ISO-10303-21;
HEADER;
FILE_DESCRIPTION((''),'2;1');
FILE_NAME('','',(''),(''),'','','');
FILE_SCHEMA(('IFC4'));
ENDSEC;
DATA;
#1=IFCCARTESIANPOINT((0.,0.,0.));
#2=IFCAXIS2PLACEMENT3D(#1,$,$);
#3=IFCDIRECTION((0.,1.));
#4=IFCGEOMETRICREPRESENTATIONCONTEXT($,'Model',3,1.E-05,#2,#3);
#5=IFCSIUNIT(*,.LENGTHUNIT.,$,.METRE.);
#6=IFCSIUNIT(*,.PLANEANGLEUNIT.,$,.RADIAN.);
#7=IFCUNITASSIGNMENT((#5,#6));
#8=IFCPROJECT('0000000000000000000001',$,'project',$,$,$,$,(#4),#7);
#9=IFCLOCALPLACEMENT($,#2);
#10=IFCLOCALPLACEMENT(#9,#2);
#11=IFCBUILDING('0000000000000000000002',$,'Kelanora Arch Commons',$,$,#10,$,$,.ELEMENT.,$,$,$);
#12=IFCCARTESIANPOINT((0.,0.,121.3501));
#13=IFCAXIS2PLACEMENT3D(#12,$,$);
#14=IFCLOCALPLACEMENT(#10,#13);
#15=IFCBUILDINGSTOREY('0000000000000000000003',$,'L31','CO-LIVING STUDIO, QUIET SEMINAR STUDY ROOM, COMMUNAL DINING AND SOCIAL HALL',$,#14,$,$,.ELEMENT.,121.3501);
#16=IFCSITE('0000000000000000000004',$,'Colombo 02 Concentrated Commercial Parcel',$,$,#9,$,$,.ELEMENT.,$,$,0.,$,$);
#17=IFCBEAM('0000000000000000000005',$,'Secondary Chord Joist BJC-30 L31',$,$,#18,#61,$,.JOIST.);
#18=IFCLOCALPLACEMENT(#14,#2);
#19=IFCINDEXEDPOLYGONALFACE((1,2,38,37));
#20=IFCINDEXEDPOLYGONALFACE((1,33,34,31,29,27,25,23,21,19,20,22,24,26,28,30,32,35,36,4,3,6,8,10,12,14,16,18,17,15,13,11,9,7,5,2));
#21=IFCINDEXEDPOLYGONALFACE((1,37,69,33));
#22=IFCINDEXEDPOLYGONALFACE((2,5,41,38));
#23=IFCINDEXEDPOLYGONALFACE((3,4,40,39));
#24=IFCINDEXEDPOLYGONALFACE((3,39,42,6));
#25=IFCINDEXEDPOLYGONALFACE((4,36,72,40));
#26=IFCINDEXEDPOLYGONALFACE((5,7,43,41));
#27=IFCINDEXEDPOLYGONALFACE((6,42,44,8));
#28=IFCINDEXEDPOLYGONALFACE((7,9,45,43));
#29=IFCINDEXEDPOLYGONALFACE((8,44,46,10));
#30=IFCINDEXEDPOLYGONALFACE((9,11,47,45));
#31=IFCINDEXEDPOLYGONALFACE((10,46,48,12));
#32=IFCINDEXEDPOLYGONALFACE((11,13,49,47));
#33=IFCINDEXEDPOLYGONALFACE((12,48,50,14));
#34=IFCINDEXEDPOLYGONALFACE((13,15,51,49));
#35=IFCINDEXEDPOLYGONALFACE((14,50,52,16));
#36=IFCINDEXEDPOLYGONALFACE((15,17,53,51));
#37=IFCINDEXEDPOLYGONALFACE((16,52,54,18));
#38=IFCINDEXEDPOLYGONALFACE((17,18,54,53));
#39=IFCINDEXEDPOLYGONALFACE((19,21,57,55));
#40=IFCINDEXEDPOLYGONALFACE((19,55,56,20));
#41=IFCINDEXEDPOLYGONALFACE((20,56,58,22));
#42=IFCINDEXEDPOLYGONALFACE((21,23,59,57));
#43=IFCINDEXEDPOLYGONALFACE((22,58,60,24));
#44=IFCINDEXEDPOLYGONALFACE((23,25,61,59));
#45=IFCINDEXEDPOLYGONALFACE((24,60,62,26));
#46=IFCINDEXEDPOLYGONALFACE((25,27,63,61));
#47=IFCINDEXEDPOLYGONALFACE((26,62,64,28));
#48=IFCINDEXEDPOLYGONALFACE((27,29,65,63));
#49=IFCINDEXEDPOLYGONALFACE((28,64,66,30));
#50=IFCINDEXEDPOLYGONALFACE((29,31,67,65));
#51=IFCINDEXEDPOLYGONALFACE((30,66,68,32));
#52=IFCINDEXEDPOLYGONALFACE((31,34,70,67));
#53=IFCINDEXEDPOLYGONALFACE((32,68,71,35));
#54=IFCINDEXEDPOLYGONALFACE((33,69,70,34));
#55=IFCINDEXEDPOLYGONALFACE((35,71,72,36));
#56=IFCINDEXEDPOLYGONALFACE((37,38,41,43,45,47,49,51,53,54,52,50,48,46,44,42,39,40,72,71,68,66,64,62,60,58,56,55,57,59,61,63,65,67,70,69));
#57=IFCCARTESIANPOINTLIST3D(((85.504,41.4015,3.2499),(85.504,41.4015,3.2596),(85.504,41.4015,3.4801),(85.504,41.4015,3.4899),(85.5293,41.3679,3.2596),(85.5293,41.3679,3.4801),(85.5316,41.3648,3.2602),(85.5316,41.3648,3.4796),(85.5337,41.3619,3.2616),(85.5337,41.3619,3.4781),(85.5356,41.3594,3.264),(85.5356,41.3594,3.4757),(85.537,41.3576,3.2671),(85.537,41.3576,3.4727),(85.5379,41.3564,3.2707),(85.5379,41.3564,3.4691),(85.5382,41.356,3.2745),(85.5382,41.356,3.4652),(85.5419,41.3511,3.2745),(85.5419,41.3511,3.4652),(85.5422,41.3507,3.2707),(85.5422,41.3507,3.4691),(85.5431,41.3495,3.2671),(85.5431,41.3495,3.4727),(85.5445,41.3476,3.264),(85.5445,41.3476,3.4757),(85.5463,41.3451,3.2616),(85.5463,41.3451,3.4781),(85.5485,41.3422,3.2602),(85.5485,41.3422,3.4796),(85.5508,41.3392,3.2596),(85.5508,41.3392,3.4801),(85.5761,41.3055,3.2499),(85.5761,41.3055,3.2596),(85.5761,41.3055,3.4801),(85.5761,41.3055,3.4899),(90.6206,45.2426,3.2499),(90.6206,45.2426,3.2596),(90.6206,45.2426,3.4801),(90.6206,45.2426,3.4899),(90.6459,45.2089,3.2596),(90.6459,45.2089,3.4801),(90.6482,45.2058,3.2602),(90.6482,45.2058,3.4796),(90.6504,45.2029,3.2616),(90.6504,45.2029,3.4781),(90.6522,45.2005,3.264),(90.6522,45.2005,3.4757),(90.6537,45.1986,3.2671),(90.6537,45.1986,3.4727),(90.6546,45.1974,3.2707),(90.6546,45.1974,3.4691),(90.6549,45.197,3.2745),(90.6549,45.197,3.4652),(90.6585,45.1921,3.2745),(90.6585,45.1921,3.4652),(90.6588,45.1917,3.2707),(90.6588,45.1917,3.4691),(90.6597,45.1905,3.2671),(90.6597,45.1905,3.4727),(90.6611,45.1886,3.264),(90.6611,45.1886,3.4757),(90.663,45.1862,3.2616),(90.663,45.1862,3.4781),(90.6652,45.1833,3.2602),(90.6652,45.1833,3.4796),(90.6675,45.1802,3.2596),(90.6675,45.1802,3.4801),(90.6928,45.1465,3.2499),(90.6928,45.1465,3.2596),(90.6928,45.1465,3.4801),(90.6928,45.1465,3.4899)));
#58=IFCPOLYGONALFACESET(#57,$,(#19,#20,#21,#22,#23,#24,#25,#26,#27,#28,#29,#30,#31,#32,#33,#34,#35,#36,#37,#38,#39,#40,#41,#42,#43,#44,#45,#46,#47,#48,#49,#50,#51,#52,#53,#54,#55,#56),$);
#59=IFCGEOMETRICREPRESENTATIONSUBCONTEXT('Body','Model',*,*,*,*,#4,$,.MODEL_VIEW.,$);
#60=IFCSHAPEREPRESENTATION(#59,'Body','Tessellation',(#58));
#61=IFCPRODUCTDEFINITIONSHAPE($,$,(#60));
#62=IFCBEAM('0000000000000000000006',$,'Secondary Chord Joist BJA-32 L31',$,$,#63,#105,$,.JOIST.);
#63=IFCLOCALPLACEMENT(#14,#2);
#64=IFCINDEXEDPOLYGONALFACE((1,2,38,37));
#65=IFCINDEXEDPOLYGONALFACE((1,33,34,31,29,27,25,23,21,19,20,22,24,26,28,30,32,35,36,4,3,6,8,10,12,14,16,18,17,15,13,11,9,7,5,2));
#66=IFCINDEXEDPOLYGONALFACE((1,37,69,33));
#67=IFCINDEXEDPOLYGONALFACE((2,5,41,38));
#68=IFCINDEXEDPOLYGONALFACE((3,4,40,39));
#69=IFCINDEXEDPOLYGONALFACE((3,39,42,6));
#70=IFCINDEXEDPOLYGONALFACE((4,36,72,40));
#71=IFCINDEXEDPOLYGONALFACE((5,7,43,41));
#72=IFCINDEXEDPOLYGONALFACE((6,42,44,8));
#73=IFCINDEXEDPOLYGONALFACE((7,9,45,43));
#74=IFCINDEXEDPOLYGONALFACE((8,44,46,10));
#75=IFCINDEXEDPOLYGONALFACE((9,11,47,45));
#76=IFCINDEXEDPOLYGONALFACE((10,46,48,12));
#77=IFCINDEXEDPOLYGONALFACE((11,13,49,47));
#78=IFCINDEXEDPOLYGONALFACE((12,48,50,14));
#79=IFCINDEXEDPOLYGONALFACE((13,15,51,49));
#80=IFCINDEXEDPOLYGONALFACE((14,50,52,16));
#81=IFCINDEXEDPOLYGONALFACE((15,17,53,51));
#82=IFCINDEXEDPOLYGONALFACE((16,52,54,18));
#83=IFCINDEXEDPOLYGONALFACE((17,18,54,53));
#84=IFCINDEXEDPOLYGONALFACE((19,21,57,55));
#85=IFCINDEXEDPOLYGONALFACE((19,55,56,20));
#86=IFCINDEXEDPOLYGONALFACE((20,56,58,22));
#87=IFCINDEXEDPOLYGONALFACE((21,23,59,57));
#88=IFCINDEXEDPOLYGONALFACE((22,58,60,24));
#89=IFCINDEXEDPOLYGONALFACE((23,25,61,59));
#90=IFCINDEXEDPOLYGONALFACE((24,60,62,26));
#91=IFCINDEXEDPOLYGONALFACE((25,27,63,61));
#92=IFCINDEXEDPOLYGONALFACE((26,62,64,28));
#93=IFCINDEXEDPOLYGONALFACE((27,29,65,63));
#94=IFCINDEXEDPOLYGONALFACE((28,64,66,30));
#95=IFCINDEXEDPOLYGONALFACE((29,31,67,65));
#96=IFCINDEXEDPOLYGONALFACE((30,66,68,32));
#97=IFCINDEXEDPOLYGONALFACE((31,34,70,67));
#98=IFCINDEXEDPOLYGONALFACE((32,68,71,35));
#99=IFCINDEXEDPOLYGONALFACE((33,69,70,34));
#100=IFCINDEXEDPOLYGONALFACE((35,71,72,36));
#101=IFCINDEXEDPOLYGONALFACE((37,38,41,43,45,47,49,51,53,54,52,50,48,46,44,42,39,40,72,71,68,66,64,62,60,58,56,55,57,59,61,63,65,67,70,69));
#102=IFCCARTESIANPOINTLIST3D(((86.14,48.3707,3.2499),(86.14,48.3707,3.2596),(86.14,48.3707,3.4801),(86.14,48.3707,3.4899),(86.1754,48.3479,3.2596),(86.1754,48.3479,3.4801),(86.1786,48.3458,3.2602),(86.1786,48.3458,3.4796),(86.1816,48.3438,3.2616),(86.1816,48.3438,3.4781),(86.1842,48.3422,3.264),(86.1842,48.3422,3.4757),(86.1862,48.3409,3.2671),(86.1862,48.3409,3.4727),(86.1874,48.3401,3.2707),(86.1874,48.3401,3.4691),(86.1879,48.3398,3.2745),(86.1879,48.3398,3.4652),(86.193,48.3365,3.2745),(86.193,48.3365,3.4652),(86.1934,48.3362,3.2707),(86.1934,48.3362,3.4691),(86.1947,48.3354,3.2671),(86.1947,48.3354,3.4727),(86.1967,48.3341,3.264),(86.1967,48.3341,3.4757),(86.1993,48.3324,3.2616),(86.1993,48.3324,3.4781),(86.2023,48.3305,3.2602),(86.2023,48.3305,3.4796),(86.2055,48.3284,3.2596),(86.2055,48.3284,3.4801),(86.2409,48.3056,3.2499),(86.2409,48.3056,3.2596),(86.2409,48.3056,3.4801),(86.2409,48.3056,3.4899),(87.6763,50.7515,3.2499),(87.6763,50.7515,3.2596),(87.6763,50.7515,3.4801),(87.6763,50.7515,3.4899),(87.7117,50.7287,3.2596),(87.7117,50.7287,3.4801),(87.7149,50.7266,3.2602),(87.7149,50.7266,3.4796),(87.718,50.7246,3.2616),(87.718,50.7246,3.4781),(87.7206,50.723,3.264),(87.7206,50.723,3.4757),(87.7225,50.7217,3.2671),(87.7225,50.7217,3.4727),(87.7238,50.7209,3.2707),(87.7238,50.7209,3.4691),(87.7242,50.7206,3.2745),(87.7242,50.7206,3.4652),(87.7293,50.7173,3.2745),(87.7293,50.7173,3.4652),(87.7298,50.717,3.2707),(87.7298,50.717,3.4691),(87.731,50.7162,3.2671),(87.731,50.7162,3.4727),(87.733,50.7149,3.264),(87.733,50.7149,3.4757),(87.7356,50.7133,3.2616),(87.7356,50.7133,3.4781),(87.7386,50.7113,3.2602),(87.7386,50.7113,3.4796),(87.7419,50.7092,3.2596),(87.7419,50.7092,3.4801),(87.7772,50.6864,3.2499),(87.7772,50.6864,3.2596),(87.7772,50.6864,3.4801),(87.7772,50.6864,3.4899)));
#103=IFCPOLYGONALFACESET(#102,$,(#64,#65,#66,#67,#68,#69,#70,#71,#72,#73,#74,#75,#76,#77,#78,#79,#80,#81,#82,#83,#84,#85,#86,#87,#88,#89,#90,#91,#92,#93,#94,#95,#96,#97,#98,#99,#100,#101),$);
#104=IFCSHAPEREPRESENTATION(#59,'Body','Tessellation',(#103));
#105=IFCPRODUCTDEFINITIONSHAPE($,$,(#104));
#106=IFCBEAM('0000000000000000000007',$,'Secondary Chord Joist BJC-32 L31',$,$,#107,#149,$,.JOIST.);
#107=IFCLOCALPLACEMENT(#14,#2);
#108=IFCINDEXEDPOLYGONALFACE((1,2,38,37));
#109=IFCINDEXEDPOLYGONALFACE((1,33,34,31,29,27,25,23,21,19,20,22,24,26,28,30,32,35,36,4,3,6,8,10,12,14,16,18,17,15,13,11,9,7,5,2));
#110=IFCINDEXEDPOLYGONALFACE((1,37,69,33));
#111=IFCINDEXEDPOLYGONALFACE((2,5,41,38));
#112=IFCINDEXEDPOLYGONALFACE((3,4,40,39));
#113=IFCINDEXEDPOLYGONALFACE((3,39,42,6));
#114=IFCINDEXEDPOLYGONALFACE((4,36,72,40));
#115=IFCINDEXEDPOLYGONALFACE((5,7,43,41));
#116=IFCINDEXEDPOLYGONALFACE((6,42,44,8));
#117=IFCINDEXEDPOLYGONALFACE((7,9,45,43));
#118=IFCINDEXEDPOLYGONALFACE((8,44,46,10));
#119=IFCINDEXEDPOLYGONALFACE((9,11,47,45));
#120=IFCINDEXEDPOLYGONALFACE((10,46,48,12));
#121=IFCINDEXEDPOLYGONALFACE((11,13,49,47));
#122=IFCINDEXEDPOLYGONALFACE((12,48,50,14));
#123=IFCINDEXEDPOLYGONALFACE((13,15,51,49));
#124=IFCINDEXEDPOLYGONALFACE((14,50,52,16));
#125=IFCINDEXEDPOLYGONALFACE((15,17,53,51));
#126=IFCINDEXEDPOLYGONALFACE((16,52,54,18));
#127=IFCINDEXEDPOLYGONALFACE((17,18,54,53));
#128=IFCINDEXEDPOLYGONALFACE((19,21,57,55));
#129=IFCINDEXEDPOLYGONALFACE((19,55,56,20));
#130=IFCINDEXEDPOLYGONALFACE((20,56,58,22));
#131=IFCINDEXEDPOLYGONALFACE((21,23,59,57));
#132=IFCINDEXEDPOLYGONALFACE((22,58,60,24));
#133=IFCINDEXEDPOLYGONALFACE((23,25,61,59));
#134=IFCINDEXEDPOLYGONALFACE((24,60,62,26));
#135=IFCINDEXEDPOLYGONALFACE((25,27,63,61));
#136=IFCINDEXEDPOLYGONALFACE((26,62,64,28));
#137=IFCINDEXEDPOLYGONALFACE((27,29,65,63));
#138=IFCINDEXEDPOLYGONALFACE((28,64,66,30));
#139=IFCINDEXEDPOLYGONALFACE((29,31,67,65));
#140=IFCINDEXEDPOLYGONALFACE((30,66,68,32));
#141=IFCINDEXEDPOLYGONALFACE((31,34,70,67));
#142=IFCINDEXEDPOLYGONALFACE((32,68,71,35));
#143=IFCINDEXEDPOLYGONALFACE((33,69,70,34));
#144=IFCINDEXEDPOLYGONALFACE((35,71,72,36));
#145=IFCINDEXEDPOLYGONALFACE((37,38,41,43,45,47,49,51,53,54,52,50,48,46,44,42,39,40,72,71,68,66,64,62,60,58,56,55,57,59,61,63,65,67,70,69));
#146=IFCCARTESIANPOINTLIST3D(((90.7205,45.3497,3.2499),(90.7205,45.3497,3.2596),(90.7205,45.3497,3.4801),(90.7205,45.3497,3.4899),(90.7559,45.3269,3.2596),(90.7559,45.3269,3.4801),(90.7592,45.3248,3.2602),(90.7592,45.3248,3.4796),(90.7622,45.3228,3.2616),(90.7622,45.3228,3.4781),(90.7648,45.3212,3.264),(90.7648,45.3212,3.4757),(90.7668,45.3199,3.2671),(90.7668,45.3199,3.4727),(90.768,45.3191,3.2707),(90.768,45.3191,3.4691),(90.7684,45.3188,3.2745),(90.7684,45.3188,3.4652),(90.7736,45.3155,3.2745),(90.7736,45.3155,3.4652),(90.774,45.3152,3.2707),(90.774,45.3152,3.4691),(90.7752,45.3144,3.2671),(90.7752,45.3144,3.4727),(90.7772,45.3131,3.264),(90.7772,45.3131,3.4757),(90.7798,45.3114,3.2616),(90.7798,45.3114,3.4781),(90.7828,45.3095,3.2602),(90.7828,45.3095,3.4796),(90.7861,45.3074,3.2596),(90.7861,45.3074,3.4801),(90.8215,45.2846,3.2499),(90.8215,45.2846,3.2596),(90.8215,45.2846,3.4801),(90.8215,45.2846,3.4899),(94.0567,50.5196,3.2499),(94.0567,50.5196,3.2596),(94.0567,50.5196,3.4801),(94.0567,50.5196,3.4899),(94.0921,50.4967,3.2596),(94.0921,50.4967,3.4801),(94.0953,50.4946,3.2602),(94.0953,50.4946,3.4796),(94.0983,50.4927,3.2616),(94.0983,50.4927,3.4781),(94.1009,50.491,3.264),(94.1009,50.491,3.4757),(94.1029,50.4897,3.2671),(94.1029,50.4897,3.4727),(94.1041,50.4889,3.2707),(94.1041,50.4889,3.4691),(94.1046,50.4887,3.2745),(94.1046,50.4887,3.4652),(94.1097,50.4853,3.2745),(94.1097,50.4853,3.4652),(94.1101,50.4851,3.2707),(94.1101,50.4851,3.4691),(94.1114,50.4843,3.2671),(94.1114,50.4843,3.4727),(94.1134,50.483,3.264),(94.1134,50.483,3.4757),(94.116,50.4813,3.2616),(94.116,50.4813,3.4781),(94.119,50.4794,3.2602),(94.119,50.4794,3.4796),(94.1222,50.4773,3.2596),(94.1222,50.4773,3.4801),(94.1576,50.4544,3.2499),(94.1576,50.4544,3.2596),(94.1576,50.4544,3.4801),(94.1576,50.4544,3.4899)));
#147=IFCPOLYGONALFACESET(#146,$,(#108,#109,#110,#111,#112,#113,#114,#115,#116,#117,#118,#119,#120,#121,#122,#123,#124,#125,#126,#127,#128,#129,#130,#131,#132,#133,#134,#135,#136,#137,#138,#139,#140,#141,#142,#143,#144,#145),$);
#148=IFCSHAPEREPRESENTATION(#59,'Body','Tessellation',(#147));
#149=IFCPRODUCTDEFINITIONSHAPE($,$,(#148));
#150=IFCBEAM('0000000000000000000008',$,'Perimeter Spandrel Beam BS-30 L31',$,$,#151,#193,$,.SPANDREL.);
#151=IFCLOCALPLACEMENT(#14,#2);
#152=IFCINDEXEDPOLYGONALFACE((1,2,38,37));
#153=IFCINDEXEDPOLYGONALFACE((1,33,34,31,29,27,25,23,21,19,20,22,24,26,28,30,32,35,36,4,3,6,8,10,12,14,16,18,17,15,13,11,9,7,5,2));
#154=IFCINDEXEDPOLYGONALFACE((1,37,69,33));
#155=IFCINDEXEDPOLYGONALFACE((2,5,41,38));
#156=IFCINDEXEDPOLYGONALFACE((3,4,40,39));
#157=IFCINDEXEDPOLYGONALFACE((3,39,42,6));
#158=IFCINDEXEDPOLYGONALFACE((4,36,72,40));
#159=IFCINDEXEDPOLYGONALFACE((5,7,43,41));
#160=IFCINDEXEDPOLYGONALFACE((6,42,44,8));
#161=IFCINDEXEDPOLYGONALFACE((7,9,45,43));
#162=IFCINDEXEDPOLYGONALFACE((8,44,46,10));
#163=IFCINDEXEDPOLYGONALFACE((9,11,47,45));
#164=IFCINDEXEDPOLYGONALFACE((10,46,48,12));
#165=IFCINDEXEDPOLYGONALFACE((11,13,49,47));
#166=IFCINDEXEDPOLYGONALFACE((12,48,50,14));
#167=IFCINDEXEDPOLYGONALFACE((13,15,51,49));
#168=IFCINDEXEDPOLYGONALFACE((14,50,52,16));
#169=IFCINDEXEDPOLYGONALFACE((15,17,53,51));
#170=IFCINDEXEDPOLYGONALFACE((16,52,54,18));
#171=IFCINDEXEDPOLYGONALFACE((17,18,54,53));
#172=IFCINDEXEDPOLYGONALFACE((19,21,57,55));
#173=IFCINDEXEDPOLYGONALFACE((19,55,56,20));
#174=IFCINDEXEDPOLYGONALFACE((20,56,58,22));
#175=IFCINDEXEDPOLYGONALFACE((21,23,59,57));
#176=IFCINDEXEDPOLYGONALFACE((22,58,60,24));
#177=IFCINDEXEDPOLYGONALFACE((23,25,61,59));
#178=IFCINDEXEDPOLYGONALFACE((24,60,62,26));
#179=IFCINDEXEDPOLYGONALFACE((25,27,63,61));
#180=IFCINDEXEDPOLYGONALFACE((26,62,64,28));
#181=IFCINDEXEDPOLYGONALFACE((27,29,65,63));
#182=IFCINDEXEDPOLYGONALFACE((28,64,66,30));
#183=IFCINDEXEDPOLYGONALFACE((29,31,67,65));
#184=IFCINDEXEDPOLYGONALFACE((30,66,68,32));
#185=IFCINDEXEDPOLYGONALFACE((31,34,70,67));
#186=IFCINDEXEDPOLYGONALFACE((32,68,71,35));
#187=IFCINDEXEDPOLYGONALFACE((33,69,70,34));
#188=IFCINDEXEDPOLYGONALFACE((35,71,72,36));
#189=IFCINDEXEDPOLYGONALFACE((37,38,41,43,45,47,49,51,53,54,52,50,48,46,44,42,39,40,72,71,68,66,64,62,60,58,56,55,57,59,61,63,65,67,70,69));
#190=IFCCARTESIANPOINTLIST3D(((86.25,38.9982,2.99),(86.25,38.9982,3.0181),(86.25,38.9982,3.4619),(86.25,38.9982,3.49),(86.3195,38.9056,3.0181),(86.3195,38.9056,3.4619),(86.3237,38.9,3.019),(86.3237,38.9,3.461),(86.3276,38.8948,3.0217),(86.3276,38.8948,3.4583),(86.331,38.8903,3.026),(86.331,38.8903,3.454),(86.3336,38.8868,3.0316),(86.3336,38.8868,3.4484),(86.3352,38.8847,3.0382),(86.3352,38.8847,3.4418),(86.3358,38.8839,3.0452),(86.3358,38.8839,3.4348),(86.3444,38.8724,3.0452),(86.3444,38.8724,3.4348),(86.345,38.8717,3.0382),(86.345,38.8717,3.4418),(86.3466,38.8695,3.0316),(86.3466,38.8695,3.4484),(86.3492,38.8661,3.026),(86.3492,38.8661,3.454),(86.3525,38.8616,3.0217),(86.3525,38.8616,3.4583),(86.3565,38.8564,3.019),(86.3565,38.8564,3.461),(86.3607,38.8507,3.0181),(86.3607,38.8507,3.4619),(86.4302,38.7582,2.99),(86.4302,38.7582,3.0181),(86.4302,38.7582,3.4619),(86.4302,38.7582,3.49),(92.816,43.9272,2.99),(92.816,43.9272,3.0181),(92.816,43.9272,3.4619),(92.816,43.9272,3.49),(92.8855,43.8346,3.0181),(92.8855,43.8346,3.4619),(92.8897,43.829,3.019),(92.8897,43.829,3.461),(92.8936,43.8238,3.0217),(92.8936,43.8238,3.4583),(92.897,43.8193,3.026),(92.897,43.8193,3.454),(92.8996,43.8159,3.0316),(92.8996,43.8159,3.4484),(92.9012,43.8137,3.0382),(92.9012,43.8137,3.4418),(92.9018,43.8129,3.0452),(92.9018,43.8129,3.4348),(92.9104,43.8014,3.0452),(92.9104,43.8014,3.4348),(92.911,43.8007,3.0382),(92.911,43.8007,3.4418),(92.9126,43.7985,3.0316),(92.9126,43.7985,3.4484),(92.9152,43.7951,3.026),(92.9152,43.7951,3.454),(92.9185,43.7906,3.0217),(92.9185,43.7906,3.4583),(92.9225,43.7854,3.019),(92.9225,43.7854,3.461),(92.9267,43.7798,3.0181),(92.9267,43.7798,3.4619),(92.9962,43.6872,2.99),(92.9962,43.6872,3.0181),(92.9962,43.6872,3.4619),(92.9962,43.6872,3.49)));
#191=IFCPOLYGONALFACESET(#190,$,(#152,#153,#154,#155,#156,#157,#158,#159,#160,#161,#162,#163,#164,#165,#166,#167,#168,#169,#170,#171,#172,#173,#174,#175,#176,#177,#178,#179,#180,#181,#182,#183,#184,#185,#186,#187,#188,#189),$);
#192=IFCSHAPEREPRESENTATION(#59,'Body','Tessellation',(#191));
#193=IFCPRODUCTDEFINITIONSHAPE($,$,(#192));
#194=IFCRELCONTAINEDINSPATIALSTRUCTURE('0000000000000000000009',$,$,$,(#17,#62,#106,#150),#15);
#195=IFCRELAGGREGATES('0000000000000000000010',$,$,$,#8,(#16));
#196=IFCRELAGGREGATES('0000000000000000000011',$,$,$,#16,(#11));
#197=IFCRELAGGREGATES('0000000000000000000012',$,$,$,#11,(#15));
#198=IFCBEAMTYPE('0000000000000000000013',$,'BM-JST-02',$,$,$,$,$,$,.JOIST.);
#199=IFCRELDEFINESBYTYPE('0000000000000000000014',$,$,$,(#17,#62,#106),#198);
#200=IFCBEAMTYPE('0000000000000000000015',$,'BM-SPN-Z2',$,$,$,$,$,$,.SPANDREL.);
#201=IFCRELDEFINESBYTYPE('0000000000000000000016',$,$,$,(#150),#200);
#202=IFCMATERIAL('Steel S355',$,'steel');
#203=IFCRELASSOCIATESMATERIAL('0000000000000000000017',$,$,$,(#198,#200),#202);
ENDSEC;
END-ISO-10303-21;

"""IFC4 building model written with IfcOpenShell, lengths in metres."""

from ifc_helpers import new_model, si_unit, direction, frame, origin, origin_2d, place, context, subcontext, project, spatial, i_section, extrude, material, material_profile, profile_set, type_object, element, save


model = new_model("IFC4")

# Units and contexts
model_context = context("Model", 3, precision=1e-05, world=origin(), true_north=direction((0.0, 1.0)))
body_context = subcontext(model_context, "Body", "Model", "MODEL_VIEW")
ifc_project = project(units=[si_unit("LENGTHUNIT", "METRE"), si_unit("PLANEANGLEUNIT", "RADIAN")], contexts=[model_context])

# Site, building, storey
site_placement = place(None, origin())
site = spatial("IfcSite", under=ifc_project, at=site_placement, Name="Colombo 02 Concentrated Commercial Parcel", CompositionType="ELEMENT", RefElevation=0.0)
building_placement = place(site_placement, origin())
building = spatial("IfcBuilding", under=site, at=building_placement, Name="Kelanora Arch Commons", CompositionType="ELEMENT")
storey_placement = place(building_placement, frame((0.0, 0.0, 121.3501)))
storey = spatial("IfcBuildingStorey", under=building, at=storey_placement, Name="L31", Description="CO-LIVING STUDIO, QUIET SEMINAR STUDY ROOM, COMMUNAL DINING AND SOCIAL HALL", CompositionType="ELEMENT", Elevation=121.3501)

# Beams
ifc_material_1 = material(Name="Steel S355", Category="steel")
ifc_material_profile_1 = material_profile(ifc_material_1, i_section(OverallWidth=0.1201, OverallDepth=0.24, WebThickness=0.0061, FlangeThickness=0.0098, FilletRadius=0.0149, at=origin_2d()), Name="IPE240")
ifc_profile_set_1 = profile_set([ifc_material_profile_1], Name="Steel S355")
beam_type_1 = type_object("IfcBeamType", Name="BM-JST-02", PredefinedType="JOIST", material=ifc_profile_set_1)
beam_1_placement = place(storey_placement, frame((85.54, 41.3535, 3.3699), z_axis=(0.799734, 0.600354, 0.0), x_axis=(-0.600354, 0.799734, 0.0)))
element("IfcBeam", 1, at=beam_1_placement, inside=storey, type_object=beam_type_1, Name="Secondary Chord Joist BJC-30 L31", PredefinedType="JOIST", context=body_context, shape_type="SweptSolid", body=[
    extrude(i_section(OverallWidth=0.1201, OverallDepth=0.24, WebThickness=0.0061, FlangeThickness=0.0098, FilletRadius=0.0149, at=origin_2d()), origin(), (0.0, 0.0, 1.0), 6.3979),
])
beam_2_placement = place(storey_placement, frame((86.1904, 48.3381, 3.3699), z_axis=(0.542211, 0.840242, 0.0), x_axis=(-0.840242, 0.542211, 0.0)))
element("IfcBeam", 2, at=beam_2_placement, inside=storey, type_object=beam_type_1, Name="Secondary Chord Joist BJA-32 L31", PredefinedType="JOIST", context=body_context, shape_type="SweptSolid", body=[
    extrude(i_section(OverallWidth=0.1201, OverallDepth=0.24, WebThickness=0.0061, FlangeThickness=0.0098, FilletRadius=0.0149, at=origin_2d()), origin(), (0.0, 0.0, 1.0), 2.8335),
])
beam_3_placement = place(storey_placement, frame((90.771, 45.3171, 3.3699), z_axis=(0.542213, 0.840241, 0.0), x_axis=(-0.840241, 0.542213, 0.0)))
element("IfcBeam", 3, at=beam_3_placement, inside=storey, type_object=beam_type_1, Name="Secondary Chord Joist BJC-32 L31", PredefinedType="JOIST", context=body_context, shape_type="SweptSolid", body=[
    extrude(i_section(OverallWidth=0.1201, OverallDepth=0.24, WebThickness=0.0061, FlangeThickness=0.0098, FilletRadius=0.0149, at=origin_2d()), origin(), (0.0, 0.0, 1.0), 6.1528),
])
ifc_material_profile_2 = material_profile(ifc_material_1, i_section(OverallWidth=0.3, OverallDepth=0.5, WebThickness=0.0144, FlangeThickness=0.0281, FilletRadius=0.0271, at=origin_2d()), Name="HEB500")
ifc_profile_set_2 = profile_set([ifc_material_profile_2], Name="Steel S355")
beam_type_2 = type_object("IfcBeamType", Name="BM-SPN-Z2", PredefinedType="SPANDREL", material=ifc_profile_set_2)
beam_4_placement = place(storey_placement, frame((86.3401, 38.8782, 3.24), z_axis=(0.799736, 0.600352, 0.0), x_axis=(-0.600352, 0.799736, 0.0)))
element("IfcBeam", 4, at=beam_4_placement, inside=storey, type_object=beam_type_2, Name="Perimeter Spandrel Beam BS-30 L31", PredefinedType="SPANDREL", context=body_context, shape_type="SweptSolid", body=[
    extrude(i_section(OverallWidth=0.3, OverallDepth=0.5, WebThickness=0.0144, FlangeThickness=0.0281, FilletRadius=0.0271, at=origin_2d()), origin(), (0.0, 0.0, 1.0), 8.2102),
])

save(model, "model.ifc")
